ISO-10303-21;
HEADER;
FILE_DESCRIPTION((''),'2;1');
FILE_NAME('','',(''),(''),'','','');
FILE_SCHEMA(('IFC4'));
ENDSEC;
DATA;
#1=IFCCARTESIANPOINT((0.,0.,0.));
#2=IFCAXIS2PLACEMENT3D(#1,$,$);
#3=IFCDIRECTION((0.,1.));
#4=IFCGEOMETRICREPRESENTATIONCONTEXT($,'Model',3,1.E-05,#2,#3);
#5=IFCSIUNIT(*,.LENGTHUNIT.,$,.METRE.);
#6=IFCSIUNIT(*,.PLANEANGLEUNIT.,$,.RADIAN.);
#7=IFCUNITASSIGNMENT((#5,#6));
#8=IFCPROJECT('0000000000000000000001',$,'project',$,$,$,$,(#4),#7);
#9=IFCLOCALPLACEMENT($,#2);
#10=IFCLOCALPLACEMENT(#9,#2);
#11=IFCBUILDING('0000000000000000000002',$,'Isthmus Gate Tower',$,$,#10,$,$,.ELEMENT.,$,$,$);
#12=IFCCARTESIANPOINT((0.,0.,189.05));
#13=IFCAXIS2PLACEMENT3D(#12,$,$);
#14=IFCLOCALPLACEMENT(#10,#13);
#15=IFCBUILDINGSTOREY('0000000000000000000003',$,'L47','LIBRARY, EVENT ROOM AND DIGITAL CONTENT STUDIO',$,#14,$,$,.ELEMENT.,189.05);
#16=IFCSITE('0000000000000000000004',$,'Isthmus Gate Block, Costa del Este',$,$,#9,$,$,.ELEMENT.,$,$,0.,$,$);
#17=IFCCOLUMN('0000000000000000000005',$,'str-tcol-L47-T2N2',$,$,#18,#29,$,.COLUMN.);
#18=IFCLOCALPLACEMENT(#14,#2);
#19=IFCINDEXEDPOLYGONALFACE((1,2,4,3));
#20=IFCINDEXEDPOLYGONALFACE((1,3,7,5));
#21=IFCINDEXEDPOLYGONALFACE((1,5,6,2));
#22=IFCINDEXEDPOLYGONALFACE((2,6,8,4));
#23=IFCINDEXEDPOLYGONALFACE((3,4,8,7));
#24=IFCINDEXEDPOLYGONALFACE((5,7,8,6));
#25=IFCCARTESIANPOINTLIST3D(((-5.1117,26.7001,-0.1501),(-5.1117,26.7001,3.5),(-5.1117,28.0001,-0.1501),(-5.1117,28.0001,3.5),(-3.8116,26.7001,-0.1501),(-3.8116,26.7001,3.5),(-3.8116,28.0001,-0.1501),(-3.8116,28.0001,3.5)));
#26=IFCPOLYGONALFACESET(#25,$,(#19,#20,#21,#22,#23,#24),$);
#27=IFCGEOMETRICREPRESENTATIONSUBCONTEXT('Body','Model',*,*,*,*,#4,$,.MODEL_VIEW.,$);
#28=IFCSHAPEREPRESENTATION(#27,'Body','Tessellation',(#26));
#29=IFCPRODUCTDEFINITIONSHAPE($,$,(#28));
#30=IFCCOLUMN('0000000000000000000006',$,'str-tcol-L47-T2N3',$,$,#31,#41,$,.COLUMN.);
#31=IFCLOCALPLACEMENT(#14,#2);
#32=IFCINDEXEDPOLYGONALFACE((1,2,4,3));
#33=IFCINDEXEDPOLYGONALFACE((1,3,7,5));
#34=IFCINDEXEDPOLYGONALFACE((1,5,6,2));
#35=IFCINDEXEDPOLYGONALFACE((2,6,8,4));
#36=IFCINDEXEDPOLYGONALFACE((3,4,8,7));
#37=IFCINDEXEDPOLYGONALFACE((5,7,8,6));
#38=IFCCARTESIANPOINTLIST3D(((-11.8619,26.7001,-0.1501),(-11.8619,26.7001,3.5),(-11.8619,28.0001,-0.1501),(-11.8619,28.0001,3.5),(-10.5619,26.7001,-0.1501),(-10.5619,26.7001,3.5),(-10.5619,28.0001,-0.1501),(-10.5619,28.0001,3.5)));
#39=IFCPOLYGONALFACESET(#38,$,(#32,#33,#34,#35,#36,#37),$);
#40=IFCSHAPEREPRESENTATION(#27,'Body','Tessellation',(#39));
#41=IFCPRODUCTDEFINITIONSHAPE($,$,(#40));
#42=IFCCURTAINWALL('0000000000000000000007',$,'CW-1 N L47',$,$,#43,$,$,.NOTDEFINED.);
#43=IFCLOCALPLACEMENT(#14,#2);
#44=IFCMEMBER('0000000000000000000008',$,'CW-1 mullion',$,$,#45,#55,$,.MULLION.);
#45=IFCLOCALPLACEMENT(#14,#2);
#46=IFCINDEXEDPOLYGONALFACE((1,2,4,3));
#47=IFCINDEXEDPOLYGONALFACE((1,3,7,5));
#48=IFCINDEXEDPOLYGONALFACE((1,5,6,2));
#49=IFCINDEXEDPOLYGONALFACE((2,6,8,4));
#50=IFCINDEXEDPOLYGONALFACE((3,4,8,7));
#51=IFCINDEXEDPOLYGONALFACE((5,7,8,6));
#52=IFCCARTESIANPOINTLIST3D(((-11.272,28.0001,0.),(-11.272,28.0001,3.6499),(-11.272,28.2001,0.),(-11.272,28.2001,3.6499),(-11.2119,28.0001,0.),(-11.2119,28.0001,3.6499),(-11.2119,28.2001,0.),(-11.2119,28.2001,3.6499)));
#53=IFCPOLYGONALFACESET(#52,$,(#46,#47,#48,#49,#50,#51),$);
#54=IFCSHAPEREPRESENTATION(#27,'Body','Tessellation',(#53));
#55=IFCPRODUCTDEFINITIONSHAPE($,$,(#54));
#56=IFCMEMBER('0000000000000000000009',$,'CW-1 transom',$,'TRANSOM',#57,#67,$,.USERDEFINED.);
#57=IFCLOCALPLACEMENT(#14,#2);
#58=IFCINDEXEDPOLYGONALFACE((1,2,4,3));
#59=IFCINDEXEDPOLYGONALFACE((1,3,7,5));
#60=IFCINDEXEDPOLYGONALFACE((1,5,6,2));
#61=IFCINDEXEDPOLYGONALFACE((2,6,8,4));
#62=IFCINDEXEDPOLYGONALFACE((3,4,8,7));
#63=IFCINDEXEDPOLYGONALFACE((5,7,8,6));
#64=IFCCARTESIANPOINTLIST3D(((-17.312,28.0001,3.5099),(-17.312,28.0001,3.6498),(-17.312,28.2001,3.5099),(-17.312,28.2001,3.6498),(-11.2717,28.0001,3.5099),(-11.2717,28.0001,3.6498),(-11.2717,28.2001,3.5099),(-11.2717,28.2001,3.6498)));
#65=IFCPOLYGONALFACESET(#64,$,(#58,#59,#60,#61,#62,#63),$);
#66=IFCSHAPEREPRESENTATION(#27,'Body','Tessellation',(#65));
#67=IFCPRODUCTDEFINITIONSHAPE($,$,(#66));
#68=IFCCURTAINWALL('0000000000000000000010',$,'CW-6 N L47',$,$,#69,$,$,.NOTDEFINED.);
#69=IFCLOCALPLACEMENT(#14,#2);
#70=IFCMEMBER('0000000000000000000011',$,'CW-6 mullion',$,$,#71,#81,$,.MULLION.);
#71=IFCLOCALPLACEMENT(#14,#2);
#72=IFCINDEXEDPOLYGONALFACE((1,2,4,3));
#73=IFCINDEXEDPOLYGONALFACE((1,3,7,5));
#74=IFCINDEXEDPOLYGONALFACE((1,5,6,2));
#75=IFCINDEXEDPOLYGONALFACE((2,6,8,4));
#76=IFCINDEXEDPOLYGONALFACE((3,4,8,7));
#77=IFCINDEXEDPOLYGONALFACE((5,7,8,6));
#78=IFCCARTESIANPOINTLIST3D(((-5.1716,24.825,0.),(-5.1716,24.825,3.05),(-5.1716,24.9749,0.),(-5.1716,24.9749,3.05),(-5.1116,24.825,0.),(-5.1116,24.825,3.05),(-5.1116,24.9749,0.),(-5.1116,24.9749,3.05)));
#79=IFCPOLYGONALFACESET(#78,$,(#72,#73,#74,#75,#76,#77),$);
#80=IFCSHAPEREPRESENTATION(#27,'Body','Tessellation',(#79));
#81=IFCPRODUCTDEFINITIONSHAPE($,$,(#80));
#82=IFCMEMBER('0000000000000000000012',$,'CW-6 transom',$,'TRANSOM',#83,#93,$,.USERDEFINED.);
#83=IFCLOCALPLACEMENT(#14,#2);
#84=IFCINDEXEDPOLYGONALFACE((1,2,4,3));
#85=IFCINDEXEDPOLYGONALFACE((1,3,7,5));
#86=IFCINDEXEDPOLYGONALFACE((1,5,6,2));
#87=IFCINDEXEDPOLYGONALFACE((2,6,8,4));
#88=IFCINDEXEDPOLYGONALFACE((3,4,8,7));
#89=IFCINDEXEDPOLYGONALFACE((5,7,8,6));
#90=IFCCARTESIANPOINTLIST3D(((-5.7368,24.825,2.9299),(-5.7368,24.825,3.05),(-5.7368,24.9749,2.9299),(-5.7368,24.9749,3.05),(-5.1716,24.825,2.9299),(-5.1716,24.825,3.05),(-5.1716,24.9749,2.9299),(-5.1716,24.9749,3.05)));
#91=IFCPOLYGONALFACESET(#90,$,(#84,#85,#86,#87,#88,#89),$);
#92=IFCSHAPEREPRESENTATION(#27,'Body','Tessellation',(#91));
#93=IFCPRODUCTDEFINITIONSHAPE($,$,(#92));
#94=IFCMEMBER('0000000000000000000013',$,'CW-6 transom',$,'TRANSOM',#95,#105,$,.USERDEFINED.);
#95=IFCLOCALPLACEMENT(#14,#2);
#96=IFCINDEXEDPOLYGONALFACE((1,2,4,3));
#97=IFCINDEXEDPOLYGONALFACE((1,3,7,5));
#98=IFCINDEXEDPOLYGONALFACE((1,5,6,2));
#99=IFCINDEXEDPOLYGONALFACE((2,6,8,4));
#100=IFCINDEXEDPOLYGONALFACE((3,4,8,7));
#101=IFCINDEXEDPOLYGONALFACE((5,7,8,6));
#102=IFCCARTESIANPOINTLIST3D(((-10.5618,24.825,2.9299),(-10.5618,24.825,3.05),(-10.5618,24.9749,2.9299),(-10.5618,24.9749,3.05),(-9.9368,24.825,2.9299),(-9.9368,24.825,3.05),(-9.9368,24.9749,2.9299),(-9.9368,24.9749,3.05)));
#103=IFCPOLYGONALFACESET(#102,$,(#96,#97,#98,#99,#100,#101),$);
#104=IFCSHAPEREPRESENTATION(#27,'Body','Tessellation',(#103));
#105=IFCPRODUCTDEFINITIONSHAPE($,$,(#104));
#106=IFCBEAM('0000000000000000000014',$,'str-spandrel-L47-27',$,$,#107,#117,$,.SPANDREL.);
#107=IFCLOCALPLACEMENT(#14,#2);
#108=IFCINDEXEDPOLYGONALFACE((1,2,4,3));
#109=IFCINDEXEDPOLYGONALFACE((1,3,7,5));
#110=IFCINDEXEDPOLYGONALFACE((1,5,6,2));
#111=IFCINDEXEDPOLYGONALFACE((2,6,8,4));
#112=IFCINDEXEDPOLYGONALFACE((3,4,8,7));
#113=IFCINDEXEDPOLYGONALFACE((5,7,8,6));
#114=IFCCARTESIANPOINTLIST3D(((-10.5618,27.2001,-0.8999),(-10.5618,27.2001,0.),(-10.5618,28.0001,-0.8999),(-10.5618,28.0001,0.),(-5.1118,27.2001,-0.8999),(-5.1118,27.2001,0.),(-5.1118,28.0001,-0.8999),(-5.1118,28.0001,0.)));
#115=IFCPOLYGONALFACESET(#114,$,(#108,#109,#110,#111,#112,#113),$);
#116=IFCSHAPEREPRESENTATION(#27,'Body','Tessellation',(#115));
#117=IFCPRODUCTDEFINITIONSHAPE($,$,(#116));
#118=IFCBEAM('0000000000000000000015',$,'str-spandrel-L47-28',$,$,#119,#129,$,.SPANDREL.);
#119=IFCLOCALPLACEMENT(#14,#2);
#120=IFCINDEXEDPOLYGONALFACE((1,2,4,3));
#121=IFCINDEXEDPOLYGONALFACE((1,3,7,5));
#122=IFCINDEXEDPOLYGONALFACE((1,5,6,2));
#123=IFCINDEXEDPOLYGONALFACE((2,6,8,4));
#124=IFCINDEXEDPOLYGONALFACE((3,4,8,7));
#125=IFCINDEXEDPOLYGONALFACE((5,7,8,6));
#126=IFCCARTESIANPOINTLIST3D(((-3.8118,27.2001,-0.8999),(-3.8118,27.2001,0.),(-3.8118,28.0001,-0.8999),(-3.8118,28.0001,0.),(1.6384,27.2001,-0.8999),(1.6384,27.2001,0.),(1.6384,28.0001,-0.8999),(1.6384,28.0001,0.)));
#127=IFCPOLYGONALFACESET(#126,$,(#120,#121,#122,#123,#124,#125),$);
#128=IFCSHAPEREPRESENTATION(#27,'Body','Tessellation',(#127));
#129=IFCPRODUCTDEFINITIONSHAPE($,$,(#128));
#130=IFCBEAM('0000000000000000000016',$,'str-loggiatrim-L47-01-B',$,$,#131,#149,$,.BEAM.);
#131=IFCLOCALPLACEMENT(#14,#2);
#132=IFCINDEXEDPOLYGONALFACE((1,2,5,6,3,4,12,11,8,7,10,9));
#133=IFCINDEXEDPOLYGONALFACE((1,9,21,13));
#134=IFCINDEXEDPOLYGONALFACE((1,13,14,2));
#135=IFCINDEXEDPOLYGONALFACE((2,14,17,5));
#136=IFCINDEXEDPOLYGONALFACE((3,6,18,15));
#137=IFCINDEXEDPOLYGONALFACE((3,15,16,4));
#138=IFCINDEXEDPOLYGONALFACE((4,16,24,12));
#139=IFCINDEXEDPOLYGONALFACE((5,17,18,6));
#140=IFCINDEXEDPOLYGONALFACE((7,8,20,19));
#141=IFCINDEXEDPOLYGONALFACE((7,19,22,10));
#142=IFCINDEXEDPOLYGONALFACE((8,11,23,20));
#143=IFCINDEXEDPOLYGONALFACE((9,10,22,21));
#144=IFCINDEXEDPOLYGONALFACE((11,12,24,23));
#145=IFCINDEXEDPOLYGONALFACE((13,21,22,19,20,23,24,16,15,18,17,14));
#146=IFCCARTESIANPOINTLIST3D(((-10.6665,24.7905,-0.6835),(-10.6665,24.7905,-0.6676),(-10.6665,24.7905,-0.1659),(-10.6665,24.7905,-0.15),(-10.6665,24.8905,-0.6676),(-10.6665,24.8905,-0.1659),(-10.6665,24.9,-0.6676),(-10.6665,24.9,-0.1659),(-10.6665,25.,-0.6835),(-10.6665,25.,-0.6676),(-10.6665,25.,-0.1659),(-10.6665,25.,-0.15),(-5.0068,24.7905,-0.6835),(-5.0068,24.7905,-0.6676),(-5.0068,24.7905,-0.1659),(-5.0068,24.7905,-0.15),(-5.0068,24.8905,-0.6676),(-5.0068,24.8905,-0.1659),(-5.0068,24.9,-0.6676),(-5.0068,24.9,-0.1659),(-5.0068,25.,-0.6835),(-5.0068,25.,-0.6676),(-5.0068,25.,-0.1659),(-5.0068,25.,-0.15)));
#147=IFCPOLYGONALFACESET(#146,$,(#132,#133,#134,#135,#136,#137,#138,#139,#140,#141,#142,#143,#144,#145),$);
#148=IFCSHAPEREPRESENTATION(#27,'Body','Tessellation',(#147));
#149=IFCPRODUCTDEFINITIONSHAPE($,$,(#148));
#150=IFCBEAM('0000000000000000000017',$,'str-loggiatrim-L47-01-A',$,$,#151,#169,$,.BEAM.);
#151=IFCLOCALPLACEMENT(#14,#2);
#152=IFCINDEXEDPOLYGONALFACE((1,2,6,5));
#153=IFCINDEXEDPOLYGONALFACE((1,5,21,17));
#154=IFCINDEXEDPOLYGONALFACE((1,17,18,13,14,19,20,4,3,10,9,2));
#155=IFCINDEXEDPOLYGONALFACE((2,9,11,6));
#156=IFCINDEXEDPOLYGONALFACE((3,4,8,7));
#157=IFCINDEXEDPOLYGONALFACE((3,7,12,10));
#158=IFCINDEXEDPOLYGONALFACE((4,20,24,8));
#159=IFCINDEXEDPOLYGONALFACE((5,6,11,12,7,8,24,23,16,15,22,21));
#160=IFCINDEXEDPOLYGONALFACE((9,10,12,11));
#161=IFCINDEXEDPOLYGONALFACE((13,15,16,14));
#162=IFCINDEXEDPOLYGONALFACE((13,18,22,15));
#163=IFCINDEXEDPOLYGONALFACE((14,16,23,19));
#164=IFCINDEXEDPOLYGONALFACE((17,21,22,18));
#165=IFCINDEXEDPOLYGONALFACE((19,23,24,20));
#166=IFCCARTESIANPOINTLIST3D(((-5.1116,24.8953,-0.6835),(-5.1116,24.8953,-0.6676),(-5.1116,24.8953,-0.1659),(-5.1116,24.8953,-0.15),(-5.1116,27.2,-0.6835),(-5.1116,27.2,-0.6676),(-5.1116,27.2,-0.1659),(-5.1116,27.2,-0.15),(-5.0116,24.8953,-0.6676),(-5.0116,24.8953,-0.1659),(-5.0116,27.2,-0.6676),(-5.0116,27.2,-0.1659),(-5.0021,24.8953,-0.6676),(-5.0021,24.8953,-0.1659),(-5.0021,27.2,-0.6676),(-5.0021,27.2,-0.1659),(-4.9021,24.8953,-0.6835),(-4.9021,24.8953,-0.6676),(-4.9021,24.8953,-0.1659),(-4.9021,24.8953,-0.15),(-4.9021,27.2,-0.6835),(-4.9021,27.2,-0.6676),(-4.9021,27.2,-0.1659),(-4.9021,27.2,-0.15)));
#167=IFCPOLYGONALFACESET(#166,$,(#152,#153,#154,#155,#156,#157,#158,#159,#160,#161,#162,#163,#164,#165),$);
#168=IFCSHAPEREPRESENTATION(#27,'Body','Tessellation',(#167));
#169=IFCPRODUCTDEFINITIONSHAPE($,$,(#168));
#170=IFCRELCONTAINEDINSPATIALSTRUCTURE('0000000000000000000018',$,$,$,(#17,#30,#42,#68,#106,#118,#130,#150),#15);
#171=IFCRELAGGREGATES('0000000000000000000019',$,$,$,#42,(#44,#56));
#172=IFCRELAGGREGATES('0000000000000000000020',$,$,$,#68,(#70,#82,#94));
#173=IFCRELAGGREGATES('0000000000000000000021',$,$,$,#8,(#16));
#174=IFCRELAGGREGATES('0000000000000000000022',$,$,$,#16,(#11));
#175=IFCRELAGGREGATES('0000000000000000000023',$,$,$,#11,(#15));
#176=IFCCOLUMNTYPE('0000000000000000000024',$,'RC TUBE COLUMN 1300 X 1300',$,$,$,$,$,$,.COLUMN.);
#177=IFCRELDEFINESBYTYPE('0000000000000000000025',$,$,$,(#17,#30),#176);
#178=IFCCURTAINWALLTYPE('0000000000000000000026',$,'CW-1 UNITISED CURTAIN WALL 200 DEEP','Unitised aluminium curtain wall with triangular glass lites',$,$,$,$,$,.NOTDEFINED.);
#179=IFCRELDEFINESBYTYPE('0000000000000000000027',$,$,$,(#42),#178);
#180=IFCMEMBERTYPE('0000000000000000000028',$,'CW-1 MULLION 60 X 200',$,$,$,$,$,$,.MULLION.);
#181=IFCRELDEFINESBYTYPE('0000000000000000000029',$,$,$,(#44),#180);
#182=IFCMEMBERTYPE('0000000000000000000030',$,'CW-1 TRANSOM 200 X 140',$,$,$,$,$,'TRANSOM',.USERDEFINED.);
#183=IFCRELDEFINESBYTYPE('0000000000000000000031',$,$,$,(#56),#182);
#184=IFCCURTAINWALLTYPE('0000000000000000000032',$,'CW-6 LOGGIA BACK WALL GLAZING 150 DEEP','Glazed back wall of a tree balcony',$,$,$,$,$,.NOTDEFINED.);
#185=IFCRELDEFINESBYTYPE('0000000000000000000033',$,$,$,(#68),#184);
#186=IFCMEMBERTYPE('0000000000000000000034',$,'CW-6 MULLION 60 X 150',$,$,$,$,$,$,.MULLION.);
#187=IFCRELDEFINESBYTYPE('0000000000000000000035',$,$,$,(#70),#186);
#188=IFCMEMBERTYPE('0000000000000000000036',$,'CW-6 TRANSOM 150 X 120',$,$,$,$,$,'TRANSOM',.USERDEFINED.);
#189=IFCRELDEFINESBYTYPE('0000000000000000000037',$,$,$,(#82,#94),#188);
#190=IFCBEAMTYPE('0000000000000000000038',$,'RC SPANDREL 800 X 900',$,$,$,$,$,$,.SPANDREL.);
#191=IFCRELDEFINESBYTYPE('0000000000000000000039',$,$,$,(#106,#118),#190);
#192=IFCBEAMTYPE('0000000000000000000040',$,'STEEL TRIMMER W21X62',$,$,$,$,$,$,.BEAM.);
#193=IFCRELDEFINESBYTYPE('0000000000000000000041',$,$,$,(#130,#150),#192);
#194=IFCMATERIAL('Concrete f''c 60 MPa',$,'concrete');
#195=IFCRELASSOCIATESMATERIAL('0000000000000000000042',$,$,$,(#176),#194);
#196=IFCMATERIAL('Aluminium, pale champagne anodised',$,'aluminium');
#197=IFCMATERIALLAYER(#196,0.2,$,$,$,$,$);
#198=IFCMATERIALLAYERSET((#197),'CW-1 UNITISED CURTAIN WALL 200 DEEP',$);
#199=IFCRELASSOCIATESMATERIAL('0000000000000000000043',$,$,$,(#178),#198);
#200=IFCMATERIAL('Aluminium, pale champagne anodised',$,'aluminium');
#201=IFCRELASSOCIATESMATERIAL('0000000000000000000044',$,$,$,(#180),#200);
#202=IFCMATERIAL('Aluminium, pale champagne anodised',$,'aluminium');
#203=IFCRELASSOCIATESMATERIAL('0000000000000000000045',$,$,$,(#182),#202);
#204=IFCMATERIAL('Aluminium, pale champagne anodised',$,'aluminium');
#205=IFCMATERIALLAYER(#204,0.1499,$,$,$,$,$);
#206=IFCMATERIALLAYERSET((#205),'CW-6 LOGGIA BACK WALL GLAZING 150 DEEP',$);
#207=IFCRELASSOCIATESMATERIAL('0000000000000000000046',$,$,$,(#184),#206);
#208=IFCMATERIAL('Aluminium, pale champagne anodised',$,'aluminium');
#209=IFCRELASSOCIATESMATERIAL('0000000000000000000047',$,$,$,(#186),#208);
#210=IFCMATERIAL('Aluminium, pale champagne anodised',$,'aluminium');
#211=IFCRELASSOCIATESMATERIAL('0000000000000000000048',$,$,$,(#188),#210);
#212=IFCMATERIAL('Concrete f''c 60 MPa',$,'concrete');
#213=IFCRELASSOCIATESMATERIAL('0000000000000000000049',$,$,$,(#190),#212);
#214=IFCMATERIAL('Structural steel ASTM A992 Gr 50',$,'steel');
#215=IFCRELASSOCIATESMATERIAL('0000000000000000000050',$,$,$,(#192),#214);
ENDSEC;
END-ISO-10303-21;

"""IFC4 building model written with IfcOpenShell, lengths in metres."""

from ifc_helpers import new_model, si_unit, direction, frame, origin, origin_2d, place, context, subcontext, project, spatial, rectangle, i_section, extrude, material, layer, layer_set, material_profile, profile_set, type_object, element, aggregate, save


model = new_model("IFC4")

# Units and contexts
model_context = context("Model", 3, precision=1e-05, world=origin(), true_north=direction((0.0, 1.0)))
body_context = subcontext(model_context, "Body", "Model", "MODEL_VIEW")
ifc_project = project(units=[si_unit("LENGTHUNIT", "METRE"), si_unit("PLANEANGLEUNIT", "RADIAN")], contexts=[model_context])

# Site, building, storey
site_placement = place(None, origin())
site = spatial("IfcSite", under=ifc_project, at=site_placement, Name="Isthmus Gate Block, Costa del Este", CompositionType="ELEMENT", RefElevation=0.0)
building_placement = place(site_placement, origin())
building = spatial("IfcBuilding", under=site, at=building_placement, Name="Isthmus Gate Tower", CompositionType="ELEMENT")
storey_placement = place(building_placement, frame((0.0, 0.0, 189.05)))
storey = spatial("IfcBuildingStorey", under=building, at=storey_placement, Name="L47", Description="LIBRARY, EVENT ROOM AND DIGITAL CONTENT STUDIO", CompositionType="ELEMENT", Elevation=189.05)

# Columns
ifc_material_1 = material(Name="Concrete f'c 60 MPa", Category="concrete")
ifc_material_profile_1 = material_profile(ifc_material_1, rectangle(XDim=1.3, YDim=1.3, at=origin_2d()), Name="RC 1300X1300")
ifc_profile_set_1 = profile_set([ifc_material_profile_1], Name="Concrete f'c 60 MPa")
column_type = type_object("IfcColumnType", Name="RC TUBE COLUMN 1300 X 1300", PredefinedType="COLUMN", material=ifc_profile_set_1)
for number, where, z_axis, x_axis, name in (
    (1, (-4.4617, 27.3501, -0.1501), (0.0, 0.0, 1.0), (-1.0, 0.0, 0.0), "str-tcol-L47-T2N2"),
    (2, (-11.2119, 27.3501, -0.1501), (0.0, 0.0, 1.0), (-1.0, 0.0, 0.0), "str-tcol-L47-T2N3"),
):
    element("IfcColumn", number, at=place(storey_placement, frame(where, z_axis=z_axis, x_axis=x_axis)), inside=storey, type_object=column_type, Name=name, PredefinedType="COLUMN", context=body_context, shape_type="SweptSolid", body=[
        extrude(rectangle(XDim=1.3, YDim=1.3, at=origin_2d()), origin(), (0.0, 0.0, 1.0), 3.6501),
    ])

# Curtain walls, members
ifc_material_2 = material(Name="Aluminium, pale champagne anodised", Category="aluminium")
ifc_layer_1 = layer(ifc_material_2, 0.2)
ifc_layer_set_1 = layer_set([ifc_layer_1], Name="CW-1 UNITISED CURTAIN WALL 200 DEEP")
curtain_wall_type_1 = type_object("IfcCurtainWallType", Name="CW-1 UNITISED CURTAIN WALL 200 DEEP", Description="Unitised aluminium curtain wall with triangular glass lites", PredefinedType="NOTDEFINED", material=ifc_layer_set_1)
curtain_wall_1_placement = place(storey_placement, origin())
curtain_wall_1 = element("IfcCurtainWall", 3, at=curtain_wall_1_placement, inside=storey, type_object=curtain_wall_type_1, Name="CW-1 N L47", PredefinedType="NOTDEFINED")
ifc_material_3 = material(Name="Aluminium, pale champagne anodised", Category="aluminium")
ifc_material_profile_2 = material_profile(ifc_material_3, rectangle(XDim=0.0601, YDim=0.2, at=origin_2d()), Name="60x200")
ifc_profile_set_2 = profile_set([ifc_material_profile_2], Name="Aluminium, pale champagne anodised")
member_type_1 = type_object("IfcMemberType", Name="CW-1 MULLION 60 X 200", PredefinedType="MULLION", material=ifc_profile_set_2)
member_1_placement = place(storey_placement, frame((-11.2419, 28.1001, 0.0), z_axis=(0.0, 0.0, 1.0), x_axis=(-1.0, 0.0, 0.0)))
member_1 = element("IfcMember", 4, at=member_1_placement, type_object=member_type_1, Name="CW-1 mullion", PredefinedType="MULLION", context=body_context, shape_type="SweptSolid", body=[
    extrude(rectangle(XDim=0.0601, YDim=0.2, at=origin_2d()), origin(), (0.0, 0.0, 1.0), 3.6499),
])
ifc_material_4 = material(Name="Aluminium, pale champagne anodised", Category="aluminium")
ifc_material_profile_3 = material_profile(ifc_material_4, rectangle(XDim=0.2, YDim=0.1399, at=origin_2d()), Name="200x140")
ifc_profile_set_3 = profile_set([ifc_material_profile_3], Name="Aluminium, pale champagne anodised")
member_type_2 = type_object("IfcMemberType", Name="CW-1 TRANSOM 200 X 140", ElementType="TRANSOM", PredefinedType="USERDEFINED", material=ifc_profile_set_3)
member_2_placement = place(storey_placement, frame((-11.2717, 28.1001, 3.5798), z_axis=(-1.0, 0.0, 0.0), x_axis=(0.0, -1.0, 0.0)))
member_2 = element("IfcMember", 5, at=member_2_placement, type_object=member_type_2, Name="CW-1 transom", ObjectType="TRANSOM", PredefinedType="USERDEFINED", context=body_context, shape_type="SweptSolid", body=[
    extrude(rectangle(XDim=0.2, YDim=0.1399, at=origin_2d()), origin(), (0.0, 0.0, 1.0), 6.0403),
])
aggregate(curtain_wall_1, [member_1, member_2])
ifc_material_5 = material(Name="Aluminium, pale champagne anodised", Category="aluminium")
ifc_layer_2 = layer(ifc_material_5, 0.1499)
ifc_layer_set_2 = layer_set([ifc_layer_2], Name="CW-6 LOGGIA BACK WALL GLAZING 150 DEEP")
curtain_wall_type_2 = type_object("IfcCurtainWallType", Name="CW-6 LOGGIA BACK WALL GLAZING 150 DEEP", Description="Glazed back wall of a tree balcony", PredefinedType="NOTDEFINED", material=ifc_layer_set_2)
curtain_wall_2_placement = place(storey_placement, origin())
curtain_wall_2 = element("IfcCurtainWall", 6, at=curtain_wall_2_placement, inside=storey, type_object=curtain_wall_type_2, Name="CW-6 N L47", PredefinedType="NOTDEFINED")
ifc_material_6 = material(Name="Aluminium, pale champagne anodised", Category="aluminium")
ifc_material_profile_4 = material_profile(ifc_material_6, rectangle(XDim=0.0601, YDim=0.1499, at=origin_2d()), Name="60x150")
ifc_profile_set_4 = profile_set([ifc_material_profile_4], Name="Aluminium, pale champagne anodised")
member_type_3 = type_object("IfcMemberType", Name="CW-6 MULLION 60 X 150", PredefinedType="MULLION", material=ifc_profile_set_4)
member_3_placement = place(storey_placement, frame((-5.1416, 24.8999, 0.0), z_axis=(0.0, 0.0, 1.0), x_axis=(-1.0, 0.0, 0.0)))
member_3 = element("IfcMember", 7, at=member_3_placement, type_object=member_type_3, Name="CW-6 mullion", PredefinedType="MULLION", context=body_context, shape_type="SweptSolid", body=[
    extrude(rectangle(XDim=0.0601, YDim=0.1499, at=origin_2d()), origin(), (0.0, 0.0, 1.0), 3.05),
])
ifc_material_7 = material(Name="Aluminium, pale champagne anodised", Category="aluminium")
ifc_material_profile_5 = material_profile(ifc_material_7, rectangle(XDim=0.1499, YDim=0.1201, at=origin_2d()), Name="150x120")
ifc_profile_set_5 = profile_set([ifc_material_profile_5], Name="Aluminium, pale champagne anodised")
member_type_4 = type_object("IfcMemberType", Name="CW-6 TRANSOM 150 X 120", ElementType="TRANSOM", PredefinedType="USERDEFINED", material=ifc_profile_set_5)
member_4_placement = place(storey_placement, frame((-5.1716, 24.8999, 2.99), z_axis=(-1.0, 0.0, 0.0), x_axis=(0.0, -1.0, 0.0)))
member_4 = element("IfcMember", 8, at=member_4_placement, type_object=member_type_4, Name="CW-6 transom", ObjectType="TRANSOM", PredefinedType="USERDEFINED", context=body_context, shape_type="SweptSolid", body=[
    extrude(rectangle(XDim=0.1499, YDim=0.1201, at=origin_2d()), origin(), (0.0, 0.0, 1.0), 0.5652),
])
member_5_placement = place(storey_placement, frame((-9.9368, 24.8999, 2.99), z_axis=(-1.0, 0.0, 0.0), x_axis=(0.0, -1.0, 0.0)))
member_5 = element("IfcMember", 9, at=member_5_placement, type_object=member_type_4, Name="CW-6 transom", ObjectType="TRANSOM", PredefinedType="USERDEFINED", context=body_context, shape_type="SweptSolid", body=[
    extrude(rectangle(XDim=0.1499, YDim=0.1201, at=origin_2d()), origin(), (0.0, 0.0, 1.0), 0.625),
])

# Beams
ifc_material_8 = material(Name="Concrete f'c 60 MPa", Category="concrete")
ifc_material_profile_6 = material_profile(ifc_material_8, rectangle(XDim=0.8, YDim=0.8999, at=origin_2d()), Name="RC 800X900")
ifc_profile_set_6 = profile_set([ifc_material_profile_6], Name="Concrete f'c 60 MPa")
beam_type_1 = type_object("IfcBeamType", Name="RC SPANDREL 800 X 900", PredefinedType="SPANDREL", material=ifc_profile_set_6)
beam_1_placement = place(storey_placement, frame((-10.5618, 27.6001, -0.45), z_axis=(1.0, 0.0, 0.0), x_axis=(0.0, 1.0, 0.0)))
element("IfcBeam", 10, at=beam_1_placement, inside=storey, type_object=beam_type_1, Name="str-spandrel-L47-27", PredefinedType="SPANDREL", context=body_context, shape_type="SweptSolid", body=[
    extrude(rectangle(XDim=0.8, YDim=0.8999, at=origin_2d()), origin(), (0.0, 0.0, 1.0), 5.45),
])
beam_2_placement = place(storey_placement, frame((-3.8118, 27.6001, -0.45), z_axis=(1.0, 0.0, 0.0), x_axis=(0.0, 1.0, 0.0)))
element("IfcBeam", 11, at=beam_2_placement, inside=storey, type_object=beam_type_1, Name="str-spandrel-L47-28", PredefinedType="SPANDREL", context=body_context, shape_type="SweptSolid", body=[
    extrude(rectangle(XDim=0.8, YDim=0.8999, at=origin_2d()), origin(), (0.0, 0.0, 1.0), 5.4502),
])
ifc_material_9 = material(Name="Structural steel ASTM A992 Gr 50", Category="steel")
ifc_material_profile_7 = material_profile(ifc_material_9, i_section(OverallWidth=0.2095, OverallDepth=0.5334, WebThickness=0.0095, FlangeThickness=0.0159, at=origin_2d()), Name="W21X62")
ifc_profile_set_7 = profile_set([ifc_material_profile_7], Name="Structural steel ASTM A992 Gr 50")
beam_type_2 = type_object("IfcBeamType", Name="STEEL TRIMMER W21X62", PredefinedType="BEAM", material=ifc_profile_set_7)
beam_3_placement = place(storey_placement, frame((-5.0068, 24.8953, -0.4167), z_axis=(-1.0, 0.0, 0.0), x_axis=(0.0, -1.0, 0.0)))
element("IfcBeam", 12, at=beam_3_placement, inside=storey, type_object=beam_type_2, Name="str-loggiatrim-L47-01-B", PredefinedType="BEAM", context=body_context, shape_type="SweptSolid", body=[
    extrude(i_section(OverallWidth=0.2095, OverallDepth=0.5334, WebThickness=0.0095, FlangeThickness=0.0159, at=origin_2d()), origin(), (0.0, 0.0, 1.0), 5.6597),
])
for number, where, z_axis, x_axis, name in (
    (13, (-5.0068, 27.2, -0.4167), (0.0, -1.0, 0.0), (1.0, 0.0, 0.0), "str-loggiatrim-L47-01-A"),
):
    element("IfcBeam", number, at=place(storey_placement, frame(where, z_axis=z_axis, x_axis=x_axis)), inside=storey, type_object=beam_type_2, Name=name, PredefinedType="BEAM", context=body_context, shape_type="SweptSolid", body=[
        extrude(i_section(OverallWidth=0.2095, OverallDepth=0.5334, WebThickness=0.0095, FlangeThickness=0.0159, at=origin_2d()), origin(), (0.0, 0.0, 1.0), 2.3047),
    ])

aggregate(curtain_wall_2, [member_3, member_4, member_5])

save(model, "model.ifc")
